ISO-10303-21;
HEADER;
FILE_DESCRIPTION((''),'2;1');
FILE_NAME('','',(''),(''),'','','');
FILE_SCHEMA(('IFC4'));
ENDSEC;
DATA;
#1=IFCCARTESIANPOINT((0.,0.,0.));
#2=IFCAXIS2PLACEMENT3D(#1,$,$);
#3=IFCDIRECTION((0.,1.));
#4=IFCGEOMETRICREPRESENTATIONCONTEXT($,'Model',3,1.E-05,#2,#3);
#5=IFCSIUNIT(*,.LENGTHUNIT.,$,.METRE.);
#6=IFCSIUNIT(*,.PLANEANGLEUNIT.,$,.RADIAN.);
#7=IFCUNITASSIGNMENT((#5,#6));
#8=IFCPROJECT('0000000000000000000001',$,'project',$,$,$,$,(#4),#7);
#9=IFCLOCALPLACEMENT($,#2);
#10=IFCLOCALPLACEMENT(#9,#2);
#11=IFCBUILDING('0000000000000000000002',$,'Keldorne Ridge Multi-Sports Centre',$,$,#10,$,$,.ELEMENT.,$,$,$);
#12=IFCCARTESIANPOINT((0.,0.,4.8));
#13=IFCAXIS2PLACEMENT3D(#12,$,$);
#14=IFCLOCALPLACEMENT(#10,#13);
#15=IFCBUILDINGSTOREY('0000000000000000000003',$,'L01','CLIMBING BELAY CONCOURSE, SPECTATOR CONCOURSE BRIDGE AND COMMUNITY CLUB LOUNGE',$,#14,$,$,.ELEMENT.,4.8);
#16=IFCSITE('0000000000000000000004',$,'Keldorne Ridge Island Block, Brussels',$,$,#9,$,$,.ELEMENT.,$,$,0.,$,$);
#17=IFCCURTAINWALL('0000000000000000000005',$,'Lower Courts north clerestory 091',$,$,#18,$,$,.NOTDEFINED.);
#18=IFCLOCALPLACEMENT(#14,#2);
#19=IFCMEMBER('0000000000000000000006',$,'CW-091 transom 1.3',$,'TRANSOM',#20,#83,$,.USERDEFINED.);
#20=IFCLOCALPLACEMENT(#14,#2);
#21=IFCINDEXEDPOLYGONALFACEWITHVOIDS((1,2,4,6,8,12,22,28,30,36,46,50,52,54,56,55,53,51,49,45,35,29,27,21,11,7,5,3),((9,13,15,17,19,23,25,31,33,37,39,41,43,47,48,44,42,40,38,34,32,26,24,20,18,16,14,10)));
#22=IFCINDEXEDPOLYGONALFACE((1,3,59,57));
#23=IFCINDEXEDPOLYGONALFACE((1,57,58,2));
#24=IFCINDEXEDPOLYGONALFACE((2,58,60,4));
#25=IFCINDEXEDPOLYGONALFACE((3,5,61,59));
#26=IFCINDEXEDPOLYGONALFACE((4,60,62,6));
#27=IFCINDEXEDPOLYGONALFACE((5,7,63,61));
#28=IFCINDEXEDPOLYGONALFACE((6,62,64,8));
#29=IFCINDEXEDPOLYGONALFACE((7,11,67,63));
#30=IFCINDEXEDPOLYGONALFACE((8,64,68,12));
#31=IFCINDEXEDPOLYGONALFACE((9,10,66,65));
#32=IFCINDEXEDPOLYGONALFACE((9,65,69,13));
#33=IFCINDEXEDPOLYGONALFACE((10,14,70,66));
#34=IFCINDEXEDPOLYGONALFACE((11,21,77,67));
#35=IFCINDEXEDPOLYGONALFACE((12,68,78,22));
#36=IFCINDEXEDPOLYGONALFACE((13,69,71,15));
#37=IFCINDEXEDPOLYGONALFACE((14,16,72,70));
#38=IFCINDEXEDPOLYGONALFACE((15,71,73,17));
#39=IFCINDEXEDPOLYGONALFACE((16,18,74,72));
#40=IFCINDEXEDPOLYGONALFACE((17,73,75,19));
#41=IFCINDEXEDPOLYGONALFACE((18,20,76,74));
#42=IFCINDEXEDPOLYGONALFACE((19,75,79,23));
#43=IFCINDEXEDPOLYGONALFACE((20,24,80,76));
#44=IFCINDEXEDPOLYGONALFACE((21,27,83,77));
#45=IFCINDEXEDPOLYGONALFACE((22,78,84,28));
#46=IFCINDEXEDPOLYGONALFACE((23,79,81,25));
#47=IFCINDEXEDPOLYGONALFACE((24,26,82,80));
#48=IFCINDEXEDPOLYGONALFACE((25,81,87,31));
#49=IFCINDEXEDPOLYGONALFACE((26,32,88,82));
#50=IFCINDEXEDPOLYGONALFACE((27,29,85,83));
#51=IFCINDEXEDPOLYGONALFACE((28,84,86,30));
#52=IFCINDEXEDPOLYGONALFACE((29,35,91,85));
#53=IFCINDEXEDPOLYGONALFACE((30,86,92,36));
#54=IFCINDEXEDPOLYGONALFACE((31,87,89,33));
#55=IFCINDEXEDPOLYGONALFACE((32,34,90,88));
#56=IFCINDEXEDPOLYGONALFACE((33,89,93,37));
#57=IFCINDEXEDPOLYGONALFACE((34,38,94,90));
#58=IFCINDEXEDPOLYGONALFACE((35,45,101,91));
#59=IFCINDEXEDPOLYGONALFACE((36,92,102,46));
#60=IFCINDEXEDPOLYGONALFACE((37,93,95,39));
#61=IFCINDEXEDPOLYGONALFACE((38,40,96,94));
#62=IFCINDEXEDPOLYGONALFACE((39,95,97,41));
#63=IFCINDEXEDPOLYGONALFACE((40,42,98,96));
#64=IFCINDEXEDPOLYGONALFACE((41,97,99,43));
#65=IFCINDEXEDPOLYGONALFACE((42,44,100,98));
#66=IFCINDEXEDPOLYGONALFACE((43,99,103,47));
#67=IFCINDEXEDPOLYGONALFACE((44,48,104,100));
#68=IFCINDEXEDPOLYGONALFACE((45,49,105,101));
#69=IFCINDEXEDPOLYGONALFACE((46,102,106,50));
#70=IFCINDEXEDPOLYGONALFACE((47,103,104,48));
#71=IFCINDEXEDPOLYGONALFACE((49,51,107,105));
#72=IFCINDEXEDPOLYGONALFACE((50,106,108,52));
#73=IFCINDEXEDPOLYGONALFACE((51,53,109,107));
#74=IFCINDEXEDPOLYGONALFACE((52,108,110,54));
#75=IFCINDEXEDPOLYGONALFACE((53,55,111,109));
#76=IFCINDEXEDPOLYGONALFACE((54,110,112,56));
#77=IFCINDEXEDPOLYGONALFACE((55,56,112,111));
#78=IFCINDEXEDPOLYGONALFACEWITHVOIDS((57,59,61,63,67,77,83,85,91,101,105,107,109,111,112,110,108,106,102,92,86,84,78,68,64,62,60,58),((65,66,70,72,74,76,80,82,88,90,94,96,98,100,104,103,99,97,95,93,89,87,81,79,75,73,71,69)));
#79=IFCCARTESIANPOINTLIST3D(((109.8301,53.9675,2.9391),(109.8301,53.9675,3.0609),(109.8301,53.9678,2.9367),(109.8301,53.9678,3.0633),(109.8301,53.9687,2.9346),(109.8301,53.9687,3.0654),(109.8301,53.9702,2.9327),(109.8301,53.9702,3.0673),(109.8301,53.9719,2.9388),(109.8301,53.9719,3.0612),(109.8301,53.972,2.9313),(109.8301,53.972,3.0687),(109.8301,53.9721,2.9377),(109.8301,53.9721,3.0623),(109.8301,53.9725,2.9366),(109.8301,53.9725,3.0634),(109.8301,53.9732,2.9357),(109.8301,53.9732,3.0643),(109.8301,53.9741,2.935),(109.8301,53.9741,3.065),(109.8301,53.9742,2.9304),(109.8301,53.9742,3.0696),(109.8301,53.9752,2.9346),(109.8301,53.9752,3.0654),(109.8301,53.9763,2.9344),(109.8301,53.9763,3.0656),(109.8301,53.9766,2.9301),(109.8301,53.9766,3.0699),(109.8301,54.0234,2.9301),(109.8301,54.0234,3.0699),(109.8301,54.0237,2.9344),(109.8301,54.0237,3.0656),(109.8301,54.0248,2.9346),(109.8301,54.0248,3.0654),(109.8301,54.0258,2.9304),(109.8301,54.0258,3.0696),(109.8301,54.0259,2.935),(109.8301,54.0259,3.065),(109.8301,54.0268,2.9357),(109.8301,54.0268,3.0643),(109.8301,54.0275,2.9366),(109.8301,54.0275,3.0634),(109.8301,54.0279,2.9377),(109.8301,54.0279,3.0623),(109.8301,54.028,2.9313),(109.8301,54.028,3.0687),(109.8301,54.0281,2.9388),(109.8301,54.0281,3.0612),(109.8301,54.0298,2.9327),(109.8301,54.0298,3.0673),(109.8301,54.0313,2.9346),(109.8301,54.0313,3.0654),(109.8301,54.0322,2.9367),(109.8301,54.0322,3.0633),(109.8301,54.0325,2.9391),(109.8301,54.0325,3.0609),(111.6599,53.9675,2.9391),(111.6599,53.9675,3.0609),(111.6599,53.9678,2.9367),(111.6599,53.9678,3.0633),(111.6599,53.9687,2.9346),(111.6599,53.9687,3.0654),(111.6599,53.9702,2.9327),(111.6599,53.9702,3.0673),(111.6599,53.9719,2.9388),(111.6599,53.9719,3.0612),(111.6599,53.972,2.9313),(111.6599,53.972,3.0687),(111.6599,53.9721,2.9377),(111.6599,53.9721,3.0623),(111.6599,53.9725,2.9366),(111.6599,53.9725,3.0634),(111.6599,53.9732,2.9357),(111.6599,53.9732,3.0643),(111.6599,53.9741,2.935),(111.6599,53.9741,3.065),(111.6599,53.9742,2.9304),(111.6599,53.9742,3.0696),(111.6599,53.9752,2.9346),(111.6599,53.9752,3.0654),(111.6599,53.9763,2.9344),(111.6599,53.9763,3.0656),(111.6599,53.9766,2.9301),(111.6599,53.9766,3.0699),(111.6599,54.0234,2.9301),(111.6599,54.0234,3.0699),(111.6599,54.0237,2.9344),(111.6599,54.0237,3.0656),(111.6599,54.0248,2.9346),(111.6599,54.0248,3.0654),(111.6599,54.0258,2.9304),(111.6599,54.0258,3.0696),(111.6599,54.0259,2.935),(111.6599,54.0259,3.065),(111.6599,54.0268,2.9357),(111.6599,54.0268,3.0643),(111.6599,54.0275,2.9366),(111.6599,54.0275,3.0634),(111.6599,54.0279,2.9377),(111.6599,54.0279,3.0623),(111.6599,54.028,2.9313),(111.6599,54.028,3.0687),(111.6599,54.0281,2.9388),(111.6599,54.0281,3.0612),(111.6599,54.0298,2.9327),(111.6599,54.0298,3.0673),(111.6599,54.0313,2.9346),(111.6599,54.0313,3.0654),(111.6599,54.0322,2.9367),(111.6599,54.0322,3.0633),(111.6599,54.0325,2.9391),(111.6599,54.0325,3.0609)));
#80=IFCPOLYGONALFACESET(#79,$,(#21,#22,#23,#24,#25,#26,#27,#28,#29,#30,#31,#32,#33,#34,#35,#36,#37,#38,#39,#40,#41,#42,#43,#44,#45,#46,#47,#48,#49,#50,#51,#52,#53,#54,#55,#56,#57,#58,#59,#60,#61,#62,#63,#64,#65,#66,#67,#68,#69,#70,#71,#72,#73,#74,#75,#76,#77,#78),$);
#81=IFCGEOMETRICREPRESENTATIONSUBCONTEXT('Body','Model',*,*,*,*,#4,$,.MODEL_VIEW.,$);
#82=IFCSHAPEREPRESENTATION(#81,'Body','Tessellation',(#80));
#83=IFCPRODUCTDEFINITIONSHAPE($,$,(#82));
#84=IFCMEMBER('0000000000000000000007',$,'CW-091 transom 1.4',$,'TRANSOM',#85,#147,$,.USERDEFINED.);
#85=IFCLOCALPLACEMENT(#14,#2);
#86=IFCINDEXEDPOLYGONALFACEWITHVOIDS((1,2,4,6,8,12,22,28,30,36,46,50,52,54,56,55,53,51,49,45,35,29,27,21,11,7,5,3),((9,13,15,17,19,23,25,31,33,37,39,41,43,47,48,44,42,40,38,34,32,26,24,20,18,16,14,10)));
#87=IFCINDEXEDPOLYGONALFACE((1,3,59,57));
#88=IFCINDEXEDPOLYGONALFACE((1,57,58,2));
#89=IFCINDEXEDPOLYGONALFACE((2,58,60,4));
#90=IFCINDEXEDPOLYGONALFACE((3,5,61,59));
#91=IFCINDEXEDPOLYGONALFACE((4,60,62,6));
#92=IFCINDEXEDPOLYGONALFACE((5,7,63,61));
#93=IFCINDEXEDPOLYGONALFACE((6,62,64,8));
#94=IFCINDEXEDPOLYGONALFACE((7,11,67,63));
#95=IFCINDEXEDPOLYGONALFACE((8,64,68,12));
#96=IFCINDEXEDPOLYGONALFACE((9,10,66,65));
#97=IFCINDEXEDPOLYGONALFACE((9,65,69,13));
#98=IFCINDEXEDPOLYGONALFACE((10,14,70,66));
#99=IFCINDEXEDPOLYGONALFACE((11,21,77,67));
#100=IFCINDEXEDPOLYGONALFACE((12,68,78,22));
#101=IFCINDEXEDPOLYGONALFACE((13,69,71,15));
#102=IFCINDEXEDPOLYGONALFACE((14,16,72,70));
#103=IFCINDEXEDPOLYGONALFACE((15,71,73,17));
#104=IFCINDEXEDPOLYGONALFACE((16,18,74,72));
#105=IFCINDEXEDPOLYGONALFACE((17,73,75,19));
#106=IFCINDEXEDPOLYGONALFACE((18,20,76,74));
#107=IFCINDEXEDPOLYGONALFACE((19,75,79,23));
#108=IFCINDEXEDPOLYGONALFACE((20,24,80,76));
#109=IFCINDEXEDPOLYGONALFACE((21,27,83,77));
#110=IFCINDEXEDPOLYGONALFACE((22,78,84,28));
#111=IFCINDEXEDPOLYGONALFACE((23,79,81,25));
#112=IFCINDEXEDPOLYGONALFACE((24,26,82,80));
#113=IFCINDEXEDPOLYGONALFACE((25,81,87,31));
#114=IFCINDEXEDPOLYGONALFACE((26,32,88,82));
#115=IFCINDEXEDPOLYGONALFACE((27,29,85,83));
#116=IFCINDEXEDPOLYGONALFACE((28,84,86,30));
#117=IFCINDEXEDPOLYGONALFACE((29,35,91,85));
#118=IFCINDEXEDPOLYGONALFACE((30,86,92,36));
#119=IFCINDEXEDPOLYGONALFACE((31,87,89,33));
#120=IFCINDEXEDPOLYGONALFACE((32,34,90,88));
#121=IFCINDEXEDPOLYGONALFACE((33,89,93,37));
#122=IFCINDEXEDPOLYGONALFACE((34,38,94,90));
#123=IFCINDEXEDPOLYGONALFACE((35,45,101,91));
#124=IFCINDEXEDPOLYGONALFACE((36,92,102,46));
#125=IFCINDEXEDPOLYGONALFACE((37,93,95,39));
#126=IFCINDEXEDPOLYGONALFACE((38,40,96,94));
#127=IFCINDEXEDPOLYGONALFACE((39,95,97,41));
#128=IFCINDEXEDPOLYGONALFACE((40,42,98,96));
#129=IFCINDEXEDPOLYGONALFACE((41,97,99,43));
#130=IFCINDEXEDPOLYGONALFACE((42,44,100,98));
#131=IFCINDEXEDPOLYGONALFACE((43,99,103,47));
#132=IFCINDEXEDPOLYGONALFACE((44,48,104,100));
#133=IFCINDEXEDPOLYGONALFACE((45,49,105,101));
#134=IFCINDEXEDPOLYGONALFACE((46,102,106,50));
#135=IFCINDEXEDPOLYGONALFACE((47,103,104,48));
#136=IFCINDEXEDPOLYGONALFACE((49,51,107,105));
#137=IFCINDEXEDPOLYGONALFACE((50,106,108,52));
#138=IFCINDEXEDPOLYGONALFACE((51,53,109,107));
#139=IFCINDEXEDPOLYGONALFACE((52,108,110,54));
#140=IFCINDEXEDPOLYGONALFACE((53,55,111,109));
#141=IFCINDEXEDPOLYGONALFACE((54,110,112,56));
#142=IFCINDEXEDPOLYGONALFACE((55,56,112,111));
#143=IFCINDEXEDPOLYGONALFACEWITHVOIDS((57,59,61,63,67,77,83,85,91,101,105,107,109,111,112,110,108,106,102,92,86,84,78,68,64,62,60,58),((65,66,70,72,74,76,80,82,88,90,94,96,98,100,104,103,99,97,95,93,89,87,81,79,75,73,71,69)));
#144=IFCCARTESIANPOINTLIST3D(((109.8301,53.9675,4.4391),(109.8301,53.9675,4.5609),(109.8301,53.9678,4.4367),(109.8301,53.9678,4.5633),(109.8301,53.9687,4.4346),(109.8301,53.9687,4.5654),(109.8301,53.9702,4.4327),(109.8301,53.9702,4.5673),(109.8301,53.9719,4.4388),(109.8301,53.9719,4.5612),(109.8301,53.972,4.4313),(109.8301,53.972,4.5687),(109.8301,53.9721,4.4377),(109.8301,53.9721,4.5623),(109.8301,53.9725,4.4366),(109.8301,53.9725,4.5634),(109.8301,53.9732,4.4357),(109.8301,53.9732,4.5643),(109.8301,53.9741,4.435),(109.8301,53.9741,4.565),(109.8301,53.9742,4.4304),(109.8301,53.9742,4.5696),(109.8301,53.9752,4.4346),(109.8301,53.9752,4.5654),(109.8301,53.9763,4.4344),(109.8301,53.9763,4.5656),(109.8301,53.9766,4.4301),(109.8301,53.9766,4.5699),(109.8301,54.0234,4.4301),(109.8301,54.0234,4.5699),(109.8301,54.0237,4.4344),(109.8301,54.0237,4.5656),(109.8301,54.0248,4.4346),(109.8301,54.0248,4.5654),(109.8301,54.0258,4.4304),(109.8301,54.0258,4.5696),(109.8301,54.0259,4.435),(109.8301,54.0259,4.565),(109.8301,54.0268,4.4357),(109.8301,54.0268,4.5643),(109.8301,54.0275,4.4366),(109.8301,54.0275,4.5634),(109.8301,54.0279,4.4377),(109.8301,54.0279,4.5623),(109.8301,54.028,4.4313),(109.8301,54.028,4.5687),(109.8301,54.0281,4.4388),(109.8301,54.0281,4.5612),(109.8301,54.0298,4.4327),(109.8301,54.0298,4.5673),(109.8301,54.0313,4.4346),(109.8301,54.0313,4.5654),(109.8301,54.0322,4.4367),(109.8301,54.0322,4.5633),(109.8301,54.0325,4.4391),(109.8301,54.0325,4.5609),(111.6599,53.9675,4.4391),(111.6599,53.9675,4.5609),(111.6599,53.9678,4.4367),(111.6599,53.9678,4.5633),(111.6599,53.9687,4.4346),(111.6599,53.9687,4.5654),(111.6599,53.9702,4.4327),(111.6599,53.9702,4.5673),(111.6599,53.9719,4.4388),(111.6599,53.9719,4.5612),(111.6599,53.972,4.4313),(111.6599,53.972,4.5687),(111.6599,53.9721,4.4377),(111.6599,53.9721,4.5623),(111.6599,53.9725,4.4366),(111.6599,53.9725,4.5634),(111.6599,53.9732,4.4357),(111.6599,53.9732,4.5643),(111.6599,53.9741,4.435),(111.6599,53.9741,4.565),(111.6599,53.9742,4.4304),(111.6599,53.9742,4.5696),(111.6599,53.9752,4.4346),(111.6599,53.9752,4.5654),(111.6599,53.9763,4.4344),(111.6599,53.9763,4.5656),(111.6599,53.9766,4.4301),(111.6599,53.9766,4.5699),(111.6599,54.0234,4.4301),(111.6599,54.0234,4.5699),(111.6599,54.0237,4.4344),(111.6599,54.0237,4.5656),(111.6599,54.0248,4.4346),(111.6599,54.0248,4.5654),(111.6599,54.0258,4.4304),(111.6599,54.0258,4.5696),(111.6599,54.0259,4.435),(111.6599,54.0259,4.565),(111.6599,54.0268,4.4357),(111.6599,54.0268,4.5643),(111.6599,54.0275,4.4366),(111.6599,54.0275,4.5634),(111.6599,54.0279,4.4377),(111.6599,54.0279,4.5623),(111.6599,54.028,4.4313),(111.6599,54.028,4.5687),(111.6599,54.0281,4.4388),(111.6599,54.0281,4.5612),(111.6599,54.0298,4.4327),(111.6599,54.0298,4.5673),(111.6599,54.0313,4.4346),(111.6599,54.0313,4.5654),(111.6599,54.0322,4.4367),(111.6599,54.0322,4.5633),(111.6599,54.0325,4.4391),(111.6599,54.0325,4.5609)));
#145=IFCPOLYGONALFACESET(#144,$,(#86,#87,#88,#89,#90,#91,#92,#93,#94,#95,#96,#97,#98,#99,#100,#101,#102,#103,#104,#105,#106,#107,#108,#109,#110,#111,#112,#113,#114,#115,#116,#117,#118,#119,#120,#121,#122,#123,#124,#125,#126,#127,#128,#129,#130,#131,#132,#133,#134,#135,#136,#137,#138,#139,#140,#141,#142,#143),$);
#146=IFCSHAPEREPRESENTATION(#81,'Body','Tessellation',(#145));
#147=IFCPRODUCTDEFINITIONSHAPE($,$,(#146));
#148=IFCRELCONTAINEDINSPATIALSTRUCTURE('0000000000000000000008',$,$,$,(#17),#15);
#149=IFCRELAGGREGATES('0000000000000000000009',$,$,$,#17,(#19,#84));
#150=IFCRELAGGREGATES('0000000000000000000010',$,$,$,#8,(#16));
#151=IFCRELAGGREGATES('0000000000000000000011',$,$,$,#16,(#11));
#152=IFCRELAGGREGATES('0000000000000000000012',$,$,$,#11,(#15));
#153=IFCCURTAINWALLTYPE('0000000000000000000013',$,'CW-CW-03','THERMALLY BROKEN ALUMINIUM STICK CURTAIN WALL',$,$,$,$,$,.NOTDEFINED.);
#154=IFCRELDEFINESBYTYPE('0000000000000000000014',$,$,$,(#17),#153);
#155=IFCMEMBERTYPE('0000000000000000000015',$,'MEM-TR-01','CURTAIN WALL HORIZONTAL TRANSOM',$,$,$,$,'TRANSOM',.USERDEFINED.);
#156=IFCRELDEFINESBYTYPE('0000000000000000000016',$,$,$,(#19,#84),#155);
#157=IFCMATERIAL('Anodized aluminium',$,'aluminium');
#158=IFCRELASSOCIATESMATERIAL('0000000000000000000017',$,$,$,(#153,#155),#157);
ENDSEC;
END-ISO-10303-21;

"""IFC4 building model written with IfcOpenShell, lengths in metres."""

from ifc_helpers import new_model, si_unit, direction, frame, origin, origin_2d, place, context, subcontext, project, spatial, hollow_rectangle, extrude, material, material_profile, profile_set, type_object, element, aggregate, save


model = new_model("IFC4")

# Units and contexts
model_context = context("Model", 3, precision=1e-05, world=origin(), true_north=direction((0.0, 1.0)))
body_context = subcontext(model_context, "Body", "Model", "MODEL_VIEW")
ifc_project = project(units=[si_unit("LENGTHUNIT", "METRE"), si_unit("PLANEANGLEUNIT", "RADIAN")], contexts=[model_context])

# Site, building, storey
site_placement = place(None, origin())
site = spatial("IfcSite", under=ifc_project, at=site_placement, Name="Keldorne Ridge Island Block, Brussels", CompositionType="ELEMENT", RefElevation=0.0)
building_placement = place(site_placement, origin())
building = spatial("IfcBuilding", under=site, at=building_placement, Name="Keldorne Ridge Multi-Sports Centre", CompositionType="ELEMENT")
storey_placement = place(building_placement, frame((0.0, 0.0, 4.8)))
storey = spatial("IfcBuildingStorey", under=building, at=storey_placement, Name="L01", Description="CLIMBING BELAY CONCOURSE, SPECTATOR CONCOURSE BRIDGE AND COMMUNITY CLUB LOUNGE", CompositionType="ELEMENT", Elevation=4.8)

# Curtain wall
ifc_material_1 = material(Name="Anodized aluminium", Category="aluminium")
curtain_wall_type = type_object("IfcCurtainWallType", Name="CW-CW-03", Description="THERMALLY BROKEN ALUMINIUM STICK CURTAIN WALL", PredefinedType="NOTDEFINED", material=ifc_material_1)
curtain_wall_placement = place(storey_placement, origin())
curtain_wall = element("IfcCurtainWall", 1, at=curtain_wall_placement, inside=storey, type_object=curtain_wall_type, Name="Lower Courts north clerestory 091", PredefinedType="NOTDEFINED")

# Members
ifc_material_profile_1 = material_profile(ifc_material_1, hollow_rectangle(XDim=0.0649, YDim=0.1399, WallThickness=0.0044, InnerFilletRadius=0.0044, OuterFilletRadius=0.009, at=origin_2d()), Name="ALU TRANSOM 140x65x4.5")
ifc_profile_set_1 = profile_set([ifc_material_profile_1], Name="Anodized aluminium")
member_type_1 = type_object("IfcMemberType", Name="MEM-TR-01", Description="CURTAIN WALL HORIZONTAL TRANSOM", ElementType="TRANSOM", PredefinedType="USERDEFINED", material=ifc_profile_set_1)
member_1_placement = place(storey_placement, frame((111.6599, 54.0, 3.0), z_axis=(-1.0, 0.0, 0.0), x_axis=(0.0, -1.0, 0.0)))
member_1 = element("IfcMember", 2, at=member_1_placement, type_object=member_type_1, Name="CW-091 transom 1.3", ObjectType="TRANSOM", PredefinedType="USERDEFINED", context=body_context, shape_type="SweptSolid", body=[
    extrude(hollow_rectangle(XDim=0.0649, YDim=0.1399, WallThickness=0.0044, InnerFilletRadius=0.0044, OuterFilletRadius=0.009, at=origin_2d()), origin(), (0.0, 0.0, 1.0), 1.8298),
])
member_2_placement = place(storey_placement, frame((111.6599, 54.0, 4.5), z_axis=(-1.0, 0.0, 0.0), x_axis=(0.0, -1.0, 0.0)))
member_2 = element("IfcMember", 3, at=member_2_placement, type_object=member_type_1, Name="CW-091 transom 1.4", ObjectType="TRANSOM", PredefinedType="USERDEFINED", context=body_context, shape_type="SweptSolid", body=[
    extrude(hollow_rectangle(XDim=0.0649, YDim=0.1399, WallThickness=0.0044, InnerFilletRadius=0.0044, OuterFilletRadius=0.009, at=origin_2d()), origin(), (0.0, 0.0, 1.0), 1.8298),
])

aggregate(curtain_wall, [member_1, member_2])

save(model, "model.ifc")
